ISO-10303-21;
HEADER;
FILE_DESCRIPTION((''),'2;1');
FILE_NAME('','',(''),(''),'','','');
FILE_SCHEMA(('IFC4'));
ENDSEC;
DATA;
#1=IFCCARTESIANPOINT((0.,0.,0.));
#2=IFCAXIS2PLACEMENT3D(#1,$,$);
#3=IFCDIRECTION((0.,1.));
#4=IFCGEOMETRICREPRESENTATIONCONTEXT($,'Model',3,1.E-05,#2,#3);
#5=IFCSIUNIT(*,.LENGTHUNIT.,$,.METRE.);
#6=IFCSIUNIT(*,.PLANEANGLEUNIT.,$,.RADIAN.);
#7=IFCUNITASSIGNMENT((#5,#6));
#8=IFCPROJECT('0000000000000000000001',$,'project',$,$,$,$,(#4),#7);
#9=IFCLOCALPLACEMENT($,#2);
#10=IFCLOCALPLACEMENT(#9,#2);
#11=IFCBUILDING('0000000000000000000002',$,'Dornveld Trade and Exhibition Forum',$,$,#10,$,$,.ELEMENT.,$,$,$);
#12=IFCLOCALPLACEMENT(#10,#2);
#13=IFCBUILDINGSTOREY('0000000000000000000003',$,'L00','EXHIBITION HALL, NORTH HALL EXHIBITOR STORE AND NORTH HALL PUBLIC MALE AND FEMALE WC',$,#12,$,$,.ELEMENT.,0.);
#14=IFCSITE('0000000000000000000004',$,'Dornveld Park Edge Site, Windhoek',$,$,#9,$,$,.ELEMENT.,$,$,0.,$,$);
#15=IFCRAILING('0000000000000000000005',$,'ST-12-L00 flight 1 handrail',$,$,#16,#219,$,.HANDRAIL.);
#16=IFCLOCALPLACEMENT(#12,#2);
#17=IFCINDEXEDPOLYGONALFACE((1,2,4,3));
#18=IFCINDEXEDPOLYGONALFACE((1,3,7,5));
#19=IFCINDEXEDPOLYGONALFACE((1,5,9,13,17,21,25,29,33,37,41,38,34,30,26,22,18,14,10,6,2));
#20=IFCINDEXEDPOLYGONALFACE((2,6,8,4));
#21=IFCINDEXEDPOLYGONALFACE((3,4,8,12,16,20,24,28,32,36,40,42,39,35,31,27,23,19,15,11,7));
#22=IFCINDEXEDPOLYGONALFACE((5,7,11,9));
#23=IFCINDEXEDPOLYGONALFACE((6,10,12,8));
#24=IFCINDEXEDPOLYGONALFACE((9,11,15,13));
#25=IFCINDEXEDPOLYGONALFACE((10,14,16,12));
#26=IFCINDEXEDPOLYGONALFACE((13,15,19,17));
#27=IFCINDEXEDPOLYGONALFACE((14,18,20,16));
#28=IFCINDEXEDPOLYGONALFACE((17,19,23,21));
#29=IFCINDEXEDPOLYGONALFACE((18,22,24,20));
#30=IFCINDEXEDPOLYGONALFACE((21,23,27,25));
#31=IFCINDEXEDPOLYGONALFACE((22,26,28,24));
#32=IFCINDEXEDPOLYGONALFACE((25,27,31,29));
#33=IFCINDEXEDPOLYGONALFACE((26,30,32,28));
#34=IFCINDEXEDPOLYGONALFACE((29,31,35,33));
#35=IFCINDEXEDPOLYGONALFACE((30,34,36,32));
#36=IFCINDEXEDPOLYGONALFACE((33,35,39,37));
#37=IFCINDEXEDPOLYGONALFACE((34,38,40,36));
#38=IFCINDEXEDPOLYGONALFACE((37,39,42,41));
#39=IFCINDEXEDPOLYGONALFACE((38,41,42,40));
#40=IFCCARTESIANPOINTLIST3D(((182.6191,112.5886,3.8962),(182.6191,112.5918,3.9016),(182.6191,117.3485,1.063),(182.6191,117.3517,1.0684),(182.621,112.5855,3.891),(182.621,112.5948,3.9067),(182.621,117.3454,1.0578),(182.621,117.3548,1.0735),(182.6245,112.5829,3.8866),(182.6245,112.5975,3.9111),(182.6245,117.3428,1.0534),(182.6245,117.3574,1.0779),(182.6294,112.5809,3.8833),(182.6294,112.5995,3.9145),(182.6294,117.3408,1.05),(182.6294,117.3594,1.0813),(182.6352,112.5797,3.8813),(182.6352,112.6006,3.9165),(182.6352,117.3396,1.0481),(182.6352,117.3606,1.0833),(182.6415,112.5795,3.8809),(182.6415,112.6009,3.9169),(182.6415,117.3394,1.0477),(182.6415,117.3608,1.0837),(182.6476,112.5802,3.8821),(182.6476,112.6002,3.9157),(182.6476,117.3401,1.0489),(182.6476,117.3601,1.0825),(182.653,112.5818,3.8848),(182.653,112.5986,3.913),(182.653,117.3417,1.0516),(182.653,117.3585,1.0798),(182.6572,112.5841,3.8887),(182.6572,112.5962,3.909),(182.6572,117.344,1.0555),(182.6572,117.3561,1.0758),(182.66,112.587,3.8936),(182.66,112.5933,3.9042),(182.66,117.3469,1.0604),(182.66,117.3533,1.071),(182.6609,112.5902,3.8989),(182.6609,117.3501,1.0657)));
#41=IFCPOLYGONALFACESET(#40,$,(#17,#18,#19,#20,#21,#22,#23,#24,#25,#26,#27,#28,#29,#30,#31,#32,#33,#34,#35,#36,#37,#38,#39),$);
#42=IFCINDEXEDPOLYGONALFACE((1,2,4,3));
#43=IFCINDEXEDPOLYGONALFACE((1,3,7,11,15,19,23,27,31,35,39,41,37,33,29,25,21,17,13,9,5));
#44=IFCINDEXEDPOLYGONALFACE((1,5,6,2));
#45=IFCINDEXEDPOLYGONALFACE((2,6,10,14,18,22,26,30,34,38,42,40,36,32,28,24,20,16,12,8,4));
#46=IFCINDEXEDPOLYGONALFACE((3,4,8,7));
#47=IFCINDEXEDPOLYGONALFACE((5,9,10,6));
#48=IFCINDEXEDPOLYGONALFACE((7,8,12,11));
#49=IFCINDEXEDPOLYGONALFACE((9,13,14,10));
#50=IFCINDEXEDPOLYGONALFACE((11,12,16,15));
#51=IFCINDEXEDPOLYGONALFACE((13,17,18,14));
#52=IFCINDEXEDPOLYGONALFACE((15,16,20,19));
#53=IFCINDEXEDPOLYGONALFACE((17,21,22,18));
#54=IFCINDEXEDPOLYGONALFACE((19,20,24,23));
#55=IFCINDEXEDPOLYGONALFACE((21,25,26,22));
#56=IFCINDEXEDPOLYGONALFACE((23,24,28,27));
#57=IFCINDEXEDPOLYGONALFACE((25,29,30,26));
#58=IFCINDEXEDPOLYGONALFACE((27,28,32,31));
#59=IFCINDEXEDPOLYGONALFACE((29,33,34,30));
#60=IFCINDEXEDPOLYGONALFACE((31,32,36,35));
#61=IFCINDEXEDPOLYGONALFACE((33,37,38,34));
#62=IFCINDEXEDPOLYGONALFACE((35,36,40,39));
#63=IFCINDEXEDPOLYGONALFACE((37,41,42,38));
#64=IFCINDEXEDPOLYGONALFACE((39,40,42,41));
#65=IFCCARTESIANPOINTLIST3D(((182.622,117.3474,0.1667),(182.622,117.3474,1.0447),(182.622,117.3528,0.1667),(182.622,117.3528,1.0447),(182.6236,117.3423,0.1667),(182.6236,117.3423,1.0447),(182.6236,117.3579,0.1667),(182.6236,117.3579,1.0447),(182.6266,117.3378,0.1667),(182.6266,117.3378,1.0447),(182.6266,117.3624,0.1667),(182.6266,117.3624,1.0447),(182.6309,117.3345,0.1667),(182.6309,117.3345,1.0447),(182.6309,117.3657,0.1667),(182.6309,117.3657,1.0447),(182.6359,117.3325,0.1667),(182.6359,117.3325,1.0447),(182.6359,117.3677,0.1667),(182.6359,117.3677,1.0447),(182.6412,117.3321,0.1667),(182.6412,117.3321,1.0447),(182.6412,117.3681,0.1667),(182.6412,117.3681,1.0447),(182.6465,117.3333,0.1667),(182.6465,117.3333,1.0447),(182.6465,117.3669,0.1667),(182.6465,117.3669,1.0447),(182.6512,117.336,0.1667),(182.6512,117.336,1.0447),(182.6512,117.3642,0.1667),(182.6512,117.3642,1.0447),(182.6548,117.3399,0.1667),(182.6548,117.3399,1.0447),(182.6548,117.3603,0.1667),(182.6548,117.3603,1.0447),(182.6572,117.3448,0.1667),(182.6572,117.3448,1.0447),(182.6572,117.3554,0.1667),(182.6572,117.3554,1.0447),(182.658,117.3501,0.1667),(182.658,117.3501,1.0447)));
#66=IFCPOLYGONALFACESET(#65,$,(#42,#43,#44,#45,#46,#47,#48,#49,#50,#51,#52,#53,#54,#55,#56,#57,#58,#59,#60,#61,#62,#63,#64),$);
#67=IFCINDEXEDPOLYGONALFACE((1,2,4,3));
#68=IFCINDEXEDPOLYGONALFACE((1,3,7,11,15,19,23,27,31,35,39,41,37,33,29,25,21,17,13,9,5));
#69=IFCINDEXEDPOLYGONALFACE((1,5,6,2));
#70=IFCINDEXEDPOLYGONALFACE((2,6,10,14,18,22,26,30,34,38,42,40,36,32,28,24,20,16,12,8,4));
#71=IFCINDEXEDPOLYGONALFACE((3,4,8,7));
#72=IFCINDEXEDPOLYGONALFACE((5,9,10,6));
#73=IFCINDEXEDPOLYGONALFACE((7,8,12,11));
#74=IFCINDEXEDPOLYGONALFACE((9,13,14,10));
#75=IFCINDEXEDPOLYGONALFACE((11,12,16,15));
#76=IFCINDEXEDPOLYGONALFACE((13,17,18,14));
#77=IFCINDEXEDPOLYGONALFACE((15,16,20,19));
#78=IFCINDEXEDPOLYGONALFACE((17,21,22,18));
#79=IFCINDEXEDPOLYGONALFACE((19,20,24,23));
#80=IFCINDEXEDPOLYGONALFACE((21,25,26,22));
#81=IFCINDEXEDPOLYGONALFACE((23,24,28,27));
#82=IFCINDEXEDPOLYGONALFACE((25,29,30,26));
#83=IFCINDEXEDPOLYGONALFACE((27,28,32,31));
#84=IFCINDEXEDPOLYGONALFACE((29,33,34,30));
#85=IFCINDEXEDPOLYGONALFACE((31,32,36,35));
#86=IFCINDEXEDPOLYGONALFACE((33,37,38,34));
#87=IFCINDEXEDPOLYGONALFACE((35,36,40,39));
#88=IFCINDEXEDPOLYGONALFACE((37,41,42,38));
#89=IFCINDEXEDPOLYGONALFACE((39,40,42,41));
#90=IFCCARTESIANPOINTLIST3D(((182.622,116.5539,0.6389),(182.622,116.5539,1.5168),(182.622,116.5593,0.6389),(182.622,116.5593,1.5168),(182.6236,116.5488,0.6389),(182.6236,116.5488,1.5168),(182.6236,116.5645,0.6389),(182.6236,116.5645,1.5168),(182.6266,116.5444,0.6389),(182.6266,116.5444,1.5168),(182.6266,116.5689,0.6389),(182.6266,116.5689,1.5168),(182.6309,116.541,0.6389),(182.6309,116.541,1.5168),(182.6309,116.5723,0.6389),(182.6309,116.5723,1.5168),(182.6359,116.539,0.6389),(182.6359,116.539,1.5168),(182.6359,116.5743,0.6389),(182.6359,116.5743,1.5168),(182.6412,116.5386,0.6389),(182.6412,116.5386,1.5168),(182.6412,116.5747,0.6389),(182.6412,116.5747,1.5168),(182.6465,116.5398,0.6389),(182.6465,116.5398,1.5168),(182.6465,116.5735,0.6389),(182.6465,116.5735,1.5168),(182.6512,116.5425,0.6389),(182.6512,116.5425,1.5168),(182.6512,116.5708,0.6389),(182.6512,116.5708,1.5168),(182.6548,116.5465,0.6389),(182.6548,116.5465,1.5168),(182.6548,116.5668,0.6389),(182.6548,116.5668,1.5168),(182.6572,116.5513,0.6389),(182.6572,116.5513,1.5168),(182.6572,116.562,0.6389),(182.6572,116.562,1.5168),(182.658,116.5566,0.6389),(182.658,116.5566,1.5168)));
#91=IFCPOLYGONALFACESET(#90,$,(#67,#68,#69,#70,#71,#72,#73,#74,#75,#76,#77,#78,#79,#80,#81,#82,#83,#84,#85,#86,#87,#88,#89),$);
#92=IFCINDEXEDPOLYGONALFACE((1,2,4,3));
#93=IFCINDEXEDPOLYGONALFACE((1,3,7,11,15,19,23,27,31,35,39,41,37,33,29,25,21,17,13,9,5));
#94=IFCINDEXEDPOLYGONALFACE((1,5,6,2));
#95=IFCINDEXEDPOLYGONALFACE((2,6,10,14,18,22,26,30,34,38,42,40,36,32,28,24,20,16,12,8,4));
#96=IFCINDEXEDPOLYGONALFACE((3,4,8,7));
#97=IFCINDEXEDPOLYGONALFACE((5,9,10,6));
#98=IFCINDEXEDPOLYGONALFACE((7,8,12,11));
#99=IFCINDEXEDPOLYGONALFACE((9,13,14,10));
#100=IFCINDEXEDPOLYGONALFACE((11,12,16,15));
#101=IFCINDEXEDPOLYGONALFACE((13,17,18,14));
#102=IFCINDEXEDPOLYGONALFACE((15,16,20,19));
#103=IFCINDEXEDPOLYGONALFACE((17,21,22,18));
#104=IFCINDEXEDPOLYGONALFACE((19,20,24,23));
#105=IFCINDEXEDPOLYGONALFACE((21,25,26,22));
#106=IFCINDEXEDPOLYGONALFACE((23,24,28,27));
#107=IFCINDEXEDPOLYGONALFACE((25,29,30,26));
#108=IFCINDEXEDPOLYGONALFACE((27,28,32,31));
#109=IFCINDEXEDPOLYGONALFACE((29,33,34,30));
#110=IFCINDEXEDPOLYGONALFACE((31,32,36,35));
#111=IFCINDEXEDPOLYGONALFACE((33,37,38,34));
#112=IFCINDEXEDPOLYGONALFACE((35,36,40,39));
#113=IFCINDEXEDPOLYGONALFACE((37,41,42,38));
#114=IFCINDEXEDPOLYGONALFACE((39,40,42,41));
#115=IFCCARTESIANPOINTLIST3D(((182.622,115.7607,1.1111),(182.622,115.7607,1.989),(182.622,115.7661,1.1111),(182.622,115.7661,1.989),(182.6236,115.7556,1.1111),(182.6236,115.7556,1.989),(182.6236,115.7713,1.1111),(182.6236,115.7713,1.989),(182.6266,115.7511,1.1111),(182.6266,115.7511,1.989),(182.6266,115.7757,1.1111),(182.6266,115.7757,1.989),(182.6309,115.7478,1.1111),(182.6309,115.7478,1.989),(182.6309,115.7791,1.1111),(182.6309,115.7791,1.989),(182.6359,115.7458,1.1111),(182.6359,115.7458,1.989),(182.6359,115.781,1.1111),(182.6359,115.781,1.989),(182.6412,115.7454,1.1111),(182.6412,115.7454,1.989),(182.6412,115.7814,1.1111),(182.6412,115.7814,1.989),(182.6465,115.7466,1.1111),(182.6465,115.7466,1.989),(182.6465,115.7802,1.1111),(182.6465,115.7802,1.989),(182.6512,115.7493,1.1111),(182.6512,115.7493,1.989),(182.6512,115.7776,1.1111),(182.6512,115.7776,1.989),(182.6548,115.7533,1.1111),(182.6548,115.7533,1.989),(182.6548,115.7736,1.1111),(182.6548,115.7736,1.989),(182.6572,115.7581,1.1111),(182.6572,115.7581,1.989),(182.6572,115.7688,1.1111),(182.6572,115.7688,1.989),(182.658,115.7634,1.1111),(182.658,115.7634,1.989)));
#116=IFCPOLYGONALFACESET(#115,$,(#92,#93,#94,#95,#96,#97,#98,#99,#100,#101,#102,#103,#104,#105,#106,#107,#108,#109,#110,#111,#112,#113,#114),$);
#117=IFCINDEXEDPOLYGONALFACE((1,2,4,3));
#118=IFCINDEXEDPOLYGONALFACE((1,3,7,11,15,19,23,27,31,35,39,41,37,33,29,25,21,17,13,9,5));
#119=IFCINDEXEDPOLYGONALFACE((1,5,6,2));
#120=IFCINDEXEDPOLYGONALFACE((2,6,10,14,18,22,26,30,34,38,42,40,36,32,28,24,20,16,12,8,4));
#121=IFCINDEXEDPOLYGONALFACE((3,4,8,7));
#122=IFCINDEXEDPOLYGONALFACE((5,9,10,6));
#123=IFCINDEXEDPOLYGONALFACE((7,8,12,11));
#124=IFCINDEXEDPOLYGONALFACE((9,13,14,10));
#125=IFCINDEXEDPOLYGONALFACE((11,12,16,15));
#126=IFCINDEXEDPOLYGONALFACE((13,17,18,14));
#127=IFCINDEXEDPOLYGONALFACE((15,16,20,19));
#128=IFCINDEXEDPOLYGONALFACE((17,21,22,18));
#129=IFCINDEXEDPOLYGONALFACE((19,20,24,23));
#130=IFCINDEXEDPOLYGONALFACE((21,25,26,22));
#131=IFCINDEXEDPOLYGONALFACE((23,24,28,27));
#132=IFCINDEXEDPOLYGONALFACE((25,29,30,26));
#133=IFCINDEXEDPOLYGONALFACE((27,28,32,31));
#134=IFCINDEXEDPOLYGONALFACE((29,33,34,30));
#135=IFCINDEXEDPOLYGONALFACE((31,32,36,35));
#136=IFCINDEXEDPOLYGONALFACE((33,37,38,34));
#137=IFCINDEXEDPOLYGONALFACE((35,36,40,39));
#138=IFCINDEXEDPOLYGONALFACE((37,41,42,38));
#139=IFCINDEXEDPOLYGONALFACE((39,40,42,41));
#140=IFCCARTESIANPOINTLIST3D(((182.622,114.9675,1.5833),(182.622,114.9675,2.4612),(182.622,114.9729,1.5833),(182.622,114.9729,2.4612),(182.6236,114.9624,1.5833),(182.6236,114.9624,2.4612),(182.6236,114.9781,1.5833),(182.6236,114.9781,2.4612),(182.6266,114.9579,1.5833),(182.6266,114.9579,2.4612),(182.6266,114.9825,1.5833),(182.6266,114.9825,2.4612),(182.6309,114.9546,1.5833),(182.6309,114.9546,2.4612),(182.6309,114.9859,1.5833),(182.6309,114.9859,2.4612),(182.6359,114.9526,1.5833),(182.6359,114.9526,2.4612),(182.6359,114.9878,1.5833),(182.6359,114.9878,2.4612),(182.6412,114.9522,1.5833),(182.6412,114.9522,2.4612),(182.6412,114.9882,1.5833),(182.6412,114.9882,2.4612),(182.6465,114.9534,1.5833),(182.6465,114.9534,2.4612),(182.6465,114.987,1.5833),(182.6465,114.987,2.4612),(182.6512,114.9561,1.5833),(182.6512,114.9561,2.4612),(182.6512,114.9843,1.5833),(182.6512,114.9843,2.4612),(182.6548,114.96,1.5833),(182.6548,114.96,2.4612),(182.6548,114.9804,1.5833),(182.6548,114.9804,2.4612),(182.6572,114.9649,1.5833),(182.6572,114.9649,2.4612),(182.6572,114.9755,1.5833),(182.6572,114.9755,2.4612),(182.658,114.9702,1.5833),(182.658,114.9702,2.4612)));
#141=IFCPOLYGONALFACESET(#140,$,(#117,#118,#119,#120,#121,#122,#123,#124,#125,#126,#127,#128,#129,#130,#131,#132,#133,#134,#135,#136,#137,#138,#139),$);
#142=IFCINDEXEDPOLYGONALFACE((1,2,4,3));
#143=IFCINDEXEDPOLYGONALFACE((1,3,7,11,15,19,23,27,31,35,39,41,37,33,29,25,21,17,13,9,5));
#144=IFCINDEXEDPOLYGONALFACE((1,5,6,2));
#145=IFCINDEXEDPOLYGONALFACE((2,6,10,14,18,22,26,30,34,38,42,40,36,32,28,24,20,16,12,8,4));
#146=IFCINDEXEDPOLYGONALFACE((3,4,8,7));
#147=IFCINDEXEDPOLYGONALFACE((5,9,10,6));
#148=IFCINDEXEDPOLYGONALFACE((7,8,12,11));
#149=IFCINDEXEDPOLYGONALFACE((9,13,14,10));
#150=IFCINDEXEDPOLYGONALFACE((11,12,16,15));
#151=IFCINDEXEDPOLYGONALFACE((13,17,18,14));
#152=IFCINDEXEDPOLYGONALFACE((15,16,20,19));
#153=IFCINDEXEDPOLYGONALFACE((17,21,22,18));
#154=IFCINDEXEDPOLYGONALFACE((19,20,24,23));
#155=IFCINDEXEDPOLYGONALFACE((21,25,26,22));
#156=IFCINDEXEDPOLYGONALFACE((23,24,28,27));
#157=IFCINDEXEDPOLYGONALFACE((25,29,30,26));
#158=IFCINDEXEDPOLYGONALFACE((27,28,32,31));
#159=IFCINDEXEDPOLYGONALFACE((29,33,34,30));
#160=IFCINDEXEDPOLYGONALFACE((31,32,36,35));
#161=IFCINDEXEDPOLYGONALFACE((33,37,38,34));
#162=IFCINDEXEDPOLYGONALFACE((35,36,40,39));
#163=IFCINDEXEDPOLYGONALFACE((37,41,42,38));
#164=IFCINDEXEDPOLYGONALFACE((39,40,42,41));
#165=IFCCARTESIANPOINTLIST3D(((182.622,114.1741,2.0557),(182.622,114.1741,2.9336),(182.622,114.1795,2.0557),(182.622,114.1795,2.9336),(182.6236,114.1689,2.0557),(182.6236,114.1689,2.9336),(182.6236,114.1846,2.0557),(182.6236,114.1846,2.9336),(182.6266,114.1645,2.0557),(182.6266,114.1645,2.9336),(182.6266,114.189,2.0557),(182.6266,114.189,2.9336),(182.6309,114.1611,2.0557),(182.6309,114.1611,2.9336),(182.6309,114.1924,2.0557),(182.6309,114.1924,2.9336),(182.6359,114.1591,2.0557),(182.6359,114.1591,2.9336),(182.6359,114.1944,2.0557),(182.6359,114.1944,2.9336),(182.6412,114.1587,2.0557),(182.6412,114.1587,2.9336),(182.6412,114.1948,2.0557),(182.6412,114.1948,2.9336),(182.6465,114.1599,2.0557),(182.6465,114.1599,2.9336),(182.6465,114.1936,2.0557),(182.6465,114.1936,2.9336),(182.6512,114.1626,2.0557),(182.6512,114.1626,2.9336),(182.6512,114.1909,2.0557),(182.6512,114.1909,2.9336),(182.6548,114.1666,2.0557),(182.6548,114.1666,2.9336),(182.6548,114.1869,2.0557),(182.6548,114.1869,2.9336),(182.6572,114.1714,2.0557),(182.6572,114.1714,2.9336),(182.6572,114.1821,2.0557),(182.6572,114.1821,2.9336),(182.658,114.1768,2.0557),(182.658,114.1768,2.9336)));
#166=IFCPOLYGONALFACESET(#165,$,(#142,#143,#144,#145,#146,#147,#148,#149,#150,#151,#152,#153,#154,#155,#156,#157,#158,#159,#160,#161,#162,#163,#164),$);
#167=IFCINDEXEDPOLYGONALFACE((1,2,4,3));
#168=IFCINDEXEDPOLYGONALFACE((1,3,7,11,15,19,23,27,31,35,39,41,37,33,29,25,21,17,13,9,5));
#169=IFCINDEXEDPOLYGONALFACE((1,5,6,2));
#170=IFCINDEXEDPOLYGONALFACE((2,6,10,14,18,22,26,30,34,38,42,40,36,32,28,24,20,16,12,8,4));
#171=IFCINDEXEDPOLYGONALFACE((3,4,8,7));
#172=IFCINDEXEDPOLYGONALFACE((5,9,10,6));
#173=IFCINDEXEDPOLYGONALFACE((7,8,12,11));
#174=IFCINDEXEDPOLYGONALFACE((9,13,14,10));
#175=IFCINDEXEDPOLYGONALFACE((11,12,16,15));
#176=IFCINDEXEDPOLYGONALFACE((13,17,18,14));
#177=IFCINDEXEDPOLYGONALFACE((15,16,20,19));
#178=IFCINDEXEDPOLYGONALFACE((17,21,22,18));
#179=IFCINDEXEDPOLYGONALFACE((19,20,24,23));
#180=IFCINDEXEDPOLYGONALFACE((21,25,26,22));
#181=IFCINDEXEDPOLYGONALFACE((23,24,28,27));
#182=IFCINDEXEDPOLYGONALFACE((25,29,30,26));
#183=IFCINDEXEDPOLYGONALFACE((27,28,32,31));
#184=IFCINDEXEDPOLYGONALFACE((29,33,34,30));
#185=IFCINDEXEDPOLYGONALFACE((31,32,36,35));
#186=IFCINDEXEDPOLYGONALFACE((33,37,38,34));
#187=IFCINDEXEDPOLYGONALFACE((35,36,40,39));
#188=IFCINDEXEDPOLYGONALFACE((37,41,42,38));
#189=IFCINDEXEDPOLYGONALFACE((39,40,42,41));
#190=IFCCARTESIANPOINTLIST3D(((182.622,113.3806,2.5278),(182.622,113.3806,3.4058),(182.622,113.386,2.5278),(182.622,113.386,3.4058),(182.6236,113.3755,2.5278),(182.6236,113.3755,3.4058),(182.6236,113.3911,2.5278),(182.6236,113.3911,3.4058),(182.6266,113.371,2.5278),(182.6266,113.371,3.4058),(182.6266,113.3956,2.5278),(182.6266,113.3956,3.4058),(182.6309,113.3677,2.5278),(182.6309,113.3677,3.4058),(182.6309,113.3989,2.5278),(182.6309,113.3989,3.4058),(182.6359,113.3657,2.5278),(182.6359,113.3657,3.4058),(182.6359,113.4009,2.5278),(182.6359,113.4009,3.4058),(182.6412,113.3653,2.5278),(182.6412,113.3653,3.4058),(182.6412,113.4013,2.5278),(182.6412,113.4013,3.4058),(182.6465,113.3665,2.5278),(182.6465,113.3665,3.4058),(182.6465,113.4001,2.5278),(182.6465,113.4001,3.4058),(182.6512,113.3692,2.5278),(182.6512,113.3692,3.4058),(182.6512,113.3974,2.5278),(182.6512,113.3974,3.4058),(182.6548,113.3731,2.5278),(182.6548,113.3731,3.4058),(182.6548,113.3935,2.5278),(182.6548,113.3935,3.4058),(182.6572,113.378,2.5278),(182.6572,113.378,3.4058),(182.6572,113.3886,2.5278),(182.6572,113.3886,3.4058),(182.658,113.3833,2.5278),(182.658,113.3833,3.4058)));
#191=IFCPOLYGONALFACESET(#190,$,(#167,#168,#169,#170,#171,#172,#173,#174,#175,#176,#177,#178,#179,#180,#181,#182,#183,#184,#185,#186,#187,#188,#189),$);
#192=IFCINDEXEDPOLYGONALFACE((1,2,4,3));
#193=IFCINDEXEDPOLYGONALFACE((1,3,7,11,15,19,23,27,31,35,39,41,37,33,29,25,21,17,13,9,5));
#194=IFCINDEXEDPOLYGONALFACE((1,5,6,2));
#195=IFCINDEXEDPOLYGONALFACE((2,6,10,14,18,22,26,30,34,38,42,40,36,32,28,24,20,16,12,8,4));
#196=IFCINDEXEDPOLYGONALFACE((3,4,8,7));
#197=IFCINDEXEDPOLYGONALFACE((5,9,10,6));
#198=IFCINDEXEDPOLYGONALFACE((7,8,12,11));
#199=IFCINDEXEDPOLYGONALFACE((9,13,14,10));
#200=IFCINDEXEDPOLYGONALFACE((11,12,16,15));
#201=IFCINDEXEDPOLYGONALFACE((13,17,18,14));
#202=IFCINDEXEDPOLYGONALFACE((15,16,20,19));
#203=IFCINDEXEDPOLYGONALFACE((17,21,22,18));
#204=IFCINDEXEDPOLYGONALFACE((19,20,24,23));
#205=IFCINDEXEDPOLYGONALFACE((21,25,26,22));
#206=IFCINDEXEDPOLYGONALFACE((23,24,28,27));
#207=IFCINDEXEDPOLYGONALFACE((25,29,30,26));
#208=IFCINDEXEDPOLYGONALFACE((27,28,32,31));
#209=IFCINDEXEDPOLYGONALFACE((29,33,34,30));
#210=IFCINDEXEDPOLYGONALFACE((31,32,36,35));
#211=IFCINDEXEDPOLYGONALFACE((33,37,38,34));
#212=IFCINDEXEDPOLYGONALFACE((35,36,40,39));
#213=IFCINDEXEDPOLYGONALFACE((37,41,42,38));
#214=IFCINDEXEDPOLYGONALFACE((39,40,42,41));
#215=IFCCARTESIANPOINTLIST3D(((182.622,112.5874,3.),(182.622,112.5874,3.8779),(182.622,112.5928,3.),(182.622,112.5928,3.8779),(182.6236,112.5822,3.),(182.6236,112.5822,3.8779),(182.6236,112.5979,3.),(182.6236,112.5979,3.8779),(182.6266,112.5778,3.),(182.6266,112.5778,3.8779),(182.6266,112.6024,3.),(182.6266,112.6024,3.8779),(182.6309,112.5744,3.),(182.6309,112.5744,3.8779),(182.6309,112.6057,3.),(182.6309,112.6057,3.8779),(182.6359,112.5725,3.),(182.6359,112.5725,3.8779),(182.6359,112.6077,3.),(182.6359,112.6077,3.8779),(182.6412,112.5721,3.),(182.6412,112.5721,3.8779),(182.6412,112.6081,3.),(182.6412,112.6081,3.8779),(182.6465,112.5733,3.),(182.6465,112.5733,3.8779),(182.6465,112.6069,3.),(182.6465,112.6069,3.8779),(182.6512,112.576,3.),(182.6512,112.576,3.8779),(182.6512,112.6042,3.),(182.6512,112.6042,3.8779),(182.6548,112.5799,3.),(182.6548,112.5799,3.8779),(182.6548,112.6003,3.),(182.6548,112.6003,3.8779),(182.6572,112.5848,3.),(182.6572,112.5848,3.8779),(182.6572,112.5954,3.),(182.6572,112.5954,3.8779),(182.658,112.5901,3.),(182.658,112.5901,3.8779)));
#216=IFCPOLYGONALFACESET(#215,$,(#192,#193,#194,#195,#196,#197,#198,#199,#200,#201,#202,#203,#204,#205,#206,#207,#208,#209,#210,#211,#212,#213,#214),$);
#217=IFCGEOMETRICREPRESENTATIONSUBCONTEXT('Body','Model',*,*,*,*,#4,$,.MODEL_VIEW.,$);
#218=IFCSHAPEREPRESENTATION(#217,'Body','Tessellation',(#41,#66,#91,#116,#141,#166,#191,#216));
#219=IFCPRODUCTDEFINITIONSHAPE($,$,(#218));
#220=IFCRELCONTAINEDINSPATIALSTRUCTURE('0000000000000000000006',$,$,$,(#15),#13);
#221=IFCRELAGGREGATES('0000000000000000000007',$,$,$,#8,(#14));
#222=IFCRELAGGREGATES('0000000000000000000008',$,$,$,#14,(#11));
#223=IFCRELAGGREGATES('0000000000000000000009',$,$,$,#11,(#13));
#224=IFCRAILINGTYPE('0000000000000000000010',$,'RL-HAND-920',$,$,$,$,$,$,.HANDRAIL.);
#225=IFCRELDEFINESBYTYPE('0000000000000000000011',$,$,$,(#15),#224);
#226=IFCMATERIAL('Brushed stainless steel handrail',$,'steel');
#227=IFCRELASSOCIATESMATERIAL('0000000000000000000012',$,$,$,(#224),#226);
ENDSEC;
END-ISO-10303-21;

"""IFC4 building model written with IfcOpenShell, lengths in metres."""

from ifc_helpers import new_model, si_unit, direction, frame, origin, origin_2d, place, context, subcontext, project, spatial, circle, extrude, material, type_object, element, save


model = new_model("IFC4")

# Units and contexts
model_context = context("Model", 3, precision=1e-05, world=origin(), true_north=direction((0.0, 1.0)))
body_context = subcontext(model_context, "Body", "Model", "MODEL_VIEW")
ifc_project = project(units=[si_unit("LENGTHUNIT", "METRE"), si_unit("PLANEANGLEUNIT", "RADIAN")], contexts=[model_context])

# Site, building, storey
site_placement = place(None, origin())
site = spatial("IfcSite", under=ifc_project, at=site_placement, Name="Dornveld Park Edge Site, Windhoek", CompositionType="ELEMENT", RefElevation=0.0)
building_placement = place(site_placement, origin())
building = spatial("IfcBuilding", under=site, at=building_placement, Name="Dornveld Trade and Exhibition Forum", CompositionType="ELEMENT")
storey_placement = place(building_placement, origin())
storey = spatial("IfcBuildingStorey", under=building, at=storey_placement, Name="L00", Description="EXHIBITION HALL, NORTH HALL EXHIBITOR STORE AND NORTH HALL PUBLIC MALE AND FEMALE WC", CompositionType="ELEMENT", Elevation=0.0)

# Railing
ifc_material_1 = material(Name="Brushed stainless steel handrail", Category="steel")
railing_type_1 = type_object("IfcRailingType", Name="RL-HAND-920", PredefinedType="HANDRAIL", material=ifc_material_1)
railing_1_placement = place(storey_placement, frame((182.6399, 117.3501, 0.1667)))
element("IfcRailing", 1, at=railing_1_placement, inside=storey, type_object=railing_type_1, Name="ST-12-L00 flight 1 handrail", PredefinedType="HANDRAIL", context=body_context, shape_type="SweptSolid", body=[
    extrude(circle(Radius=0.021, at=origin_2d()), frame((0.0, 0.0, 0.8989), z_axis=(0.0, -0.8593, 0.511472), x_axis=(1.0, 0.0, 0.0)), (0.0, 0.0, 1.0), 5.5393),
    extrude(circle(Radius=0.0181, at=origin_2d()), origin(), (0.0, 0.0, 1.0), 0.8779),
    extrude(circle(Radius=0.0181, at=origin_2d()), frame((0.0, -0.7935, 0.4722)), (0.0, 0.0, 1.0), 0.8779),
    extrude(circle(Radius=0.0181, at=origin_2d()), frame((0.0, -1.5867, 0.9443)), (0.0, 0.0, 1.0), 0.8779),
    extrude(circle(Radius=0.0181, at=origin_2d()), frame((0.0, -2.3799, 1.4165)), (0.0, 0.0, 1.0), 0.8779),
    extrude(circle(Radius=0.0181, at=origin_2d()), frame((0.0, -3.1733, 1.8889)), (0.0, 0.0, 1.0), 0.8779),
    extrude(circle(Radius=0.0181, at=origin_2d()), frame((0.0, -3.9668, 2.3611)), (0.0, 0.0, 1.0), 0.8779),
    extrude(circle(Radius=0.0181, at=origin_2d()), frame((0.0, -4.76, 2.8333)), (0.0, 0.0, 1.0), 0.8779),
])

save(model, "model.ifc")
